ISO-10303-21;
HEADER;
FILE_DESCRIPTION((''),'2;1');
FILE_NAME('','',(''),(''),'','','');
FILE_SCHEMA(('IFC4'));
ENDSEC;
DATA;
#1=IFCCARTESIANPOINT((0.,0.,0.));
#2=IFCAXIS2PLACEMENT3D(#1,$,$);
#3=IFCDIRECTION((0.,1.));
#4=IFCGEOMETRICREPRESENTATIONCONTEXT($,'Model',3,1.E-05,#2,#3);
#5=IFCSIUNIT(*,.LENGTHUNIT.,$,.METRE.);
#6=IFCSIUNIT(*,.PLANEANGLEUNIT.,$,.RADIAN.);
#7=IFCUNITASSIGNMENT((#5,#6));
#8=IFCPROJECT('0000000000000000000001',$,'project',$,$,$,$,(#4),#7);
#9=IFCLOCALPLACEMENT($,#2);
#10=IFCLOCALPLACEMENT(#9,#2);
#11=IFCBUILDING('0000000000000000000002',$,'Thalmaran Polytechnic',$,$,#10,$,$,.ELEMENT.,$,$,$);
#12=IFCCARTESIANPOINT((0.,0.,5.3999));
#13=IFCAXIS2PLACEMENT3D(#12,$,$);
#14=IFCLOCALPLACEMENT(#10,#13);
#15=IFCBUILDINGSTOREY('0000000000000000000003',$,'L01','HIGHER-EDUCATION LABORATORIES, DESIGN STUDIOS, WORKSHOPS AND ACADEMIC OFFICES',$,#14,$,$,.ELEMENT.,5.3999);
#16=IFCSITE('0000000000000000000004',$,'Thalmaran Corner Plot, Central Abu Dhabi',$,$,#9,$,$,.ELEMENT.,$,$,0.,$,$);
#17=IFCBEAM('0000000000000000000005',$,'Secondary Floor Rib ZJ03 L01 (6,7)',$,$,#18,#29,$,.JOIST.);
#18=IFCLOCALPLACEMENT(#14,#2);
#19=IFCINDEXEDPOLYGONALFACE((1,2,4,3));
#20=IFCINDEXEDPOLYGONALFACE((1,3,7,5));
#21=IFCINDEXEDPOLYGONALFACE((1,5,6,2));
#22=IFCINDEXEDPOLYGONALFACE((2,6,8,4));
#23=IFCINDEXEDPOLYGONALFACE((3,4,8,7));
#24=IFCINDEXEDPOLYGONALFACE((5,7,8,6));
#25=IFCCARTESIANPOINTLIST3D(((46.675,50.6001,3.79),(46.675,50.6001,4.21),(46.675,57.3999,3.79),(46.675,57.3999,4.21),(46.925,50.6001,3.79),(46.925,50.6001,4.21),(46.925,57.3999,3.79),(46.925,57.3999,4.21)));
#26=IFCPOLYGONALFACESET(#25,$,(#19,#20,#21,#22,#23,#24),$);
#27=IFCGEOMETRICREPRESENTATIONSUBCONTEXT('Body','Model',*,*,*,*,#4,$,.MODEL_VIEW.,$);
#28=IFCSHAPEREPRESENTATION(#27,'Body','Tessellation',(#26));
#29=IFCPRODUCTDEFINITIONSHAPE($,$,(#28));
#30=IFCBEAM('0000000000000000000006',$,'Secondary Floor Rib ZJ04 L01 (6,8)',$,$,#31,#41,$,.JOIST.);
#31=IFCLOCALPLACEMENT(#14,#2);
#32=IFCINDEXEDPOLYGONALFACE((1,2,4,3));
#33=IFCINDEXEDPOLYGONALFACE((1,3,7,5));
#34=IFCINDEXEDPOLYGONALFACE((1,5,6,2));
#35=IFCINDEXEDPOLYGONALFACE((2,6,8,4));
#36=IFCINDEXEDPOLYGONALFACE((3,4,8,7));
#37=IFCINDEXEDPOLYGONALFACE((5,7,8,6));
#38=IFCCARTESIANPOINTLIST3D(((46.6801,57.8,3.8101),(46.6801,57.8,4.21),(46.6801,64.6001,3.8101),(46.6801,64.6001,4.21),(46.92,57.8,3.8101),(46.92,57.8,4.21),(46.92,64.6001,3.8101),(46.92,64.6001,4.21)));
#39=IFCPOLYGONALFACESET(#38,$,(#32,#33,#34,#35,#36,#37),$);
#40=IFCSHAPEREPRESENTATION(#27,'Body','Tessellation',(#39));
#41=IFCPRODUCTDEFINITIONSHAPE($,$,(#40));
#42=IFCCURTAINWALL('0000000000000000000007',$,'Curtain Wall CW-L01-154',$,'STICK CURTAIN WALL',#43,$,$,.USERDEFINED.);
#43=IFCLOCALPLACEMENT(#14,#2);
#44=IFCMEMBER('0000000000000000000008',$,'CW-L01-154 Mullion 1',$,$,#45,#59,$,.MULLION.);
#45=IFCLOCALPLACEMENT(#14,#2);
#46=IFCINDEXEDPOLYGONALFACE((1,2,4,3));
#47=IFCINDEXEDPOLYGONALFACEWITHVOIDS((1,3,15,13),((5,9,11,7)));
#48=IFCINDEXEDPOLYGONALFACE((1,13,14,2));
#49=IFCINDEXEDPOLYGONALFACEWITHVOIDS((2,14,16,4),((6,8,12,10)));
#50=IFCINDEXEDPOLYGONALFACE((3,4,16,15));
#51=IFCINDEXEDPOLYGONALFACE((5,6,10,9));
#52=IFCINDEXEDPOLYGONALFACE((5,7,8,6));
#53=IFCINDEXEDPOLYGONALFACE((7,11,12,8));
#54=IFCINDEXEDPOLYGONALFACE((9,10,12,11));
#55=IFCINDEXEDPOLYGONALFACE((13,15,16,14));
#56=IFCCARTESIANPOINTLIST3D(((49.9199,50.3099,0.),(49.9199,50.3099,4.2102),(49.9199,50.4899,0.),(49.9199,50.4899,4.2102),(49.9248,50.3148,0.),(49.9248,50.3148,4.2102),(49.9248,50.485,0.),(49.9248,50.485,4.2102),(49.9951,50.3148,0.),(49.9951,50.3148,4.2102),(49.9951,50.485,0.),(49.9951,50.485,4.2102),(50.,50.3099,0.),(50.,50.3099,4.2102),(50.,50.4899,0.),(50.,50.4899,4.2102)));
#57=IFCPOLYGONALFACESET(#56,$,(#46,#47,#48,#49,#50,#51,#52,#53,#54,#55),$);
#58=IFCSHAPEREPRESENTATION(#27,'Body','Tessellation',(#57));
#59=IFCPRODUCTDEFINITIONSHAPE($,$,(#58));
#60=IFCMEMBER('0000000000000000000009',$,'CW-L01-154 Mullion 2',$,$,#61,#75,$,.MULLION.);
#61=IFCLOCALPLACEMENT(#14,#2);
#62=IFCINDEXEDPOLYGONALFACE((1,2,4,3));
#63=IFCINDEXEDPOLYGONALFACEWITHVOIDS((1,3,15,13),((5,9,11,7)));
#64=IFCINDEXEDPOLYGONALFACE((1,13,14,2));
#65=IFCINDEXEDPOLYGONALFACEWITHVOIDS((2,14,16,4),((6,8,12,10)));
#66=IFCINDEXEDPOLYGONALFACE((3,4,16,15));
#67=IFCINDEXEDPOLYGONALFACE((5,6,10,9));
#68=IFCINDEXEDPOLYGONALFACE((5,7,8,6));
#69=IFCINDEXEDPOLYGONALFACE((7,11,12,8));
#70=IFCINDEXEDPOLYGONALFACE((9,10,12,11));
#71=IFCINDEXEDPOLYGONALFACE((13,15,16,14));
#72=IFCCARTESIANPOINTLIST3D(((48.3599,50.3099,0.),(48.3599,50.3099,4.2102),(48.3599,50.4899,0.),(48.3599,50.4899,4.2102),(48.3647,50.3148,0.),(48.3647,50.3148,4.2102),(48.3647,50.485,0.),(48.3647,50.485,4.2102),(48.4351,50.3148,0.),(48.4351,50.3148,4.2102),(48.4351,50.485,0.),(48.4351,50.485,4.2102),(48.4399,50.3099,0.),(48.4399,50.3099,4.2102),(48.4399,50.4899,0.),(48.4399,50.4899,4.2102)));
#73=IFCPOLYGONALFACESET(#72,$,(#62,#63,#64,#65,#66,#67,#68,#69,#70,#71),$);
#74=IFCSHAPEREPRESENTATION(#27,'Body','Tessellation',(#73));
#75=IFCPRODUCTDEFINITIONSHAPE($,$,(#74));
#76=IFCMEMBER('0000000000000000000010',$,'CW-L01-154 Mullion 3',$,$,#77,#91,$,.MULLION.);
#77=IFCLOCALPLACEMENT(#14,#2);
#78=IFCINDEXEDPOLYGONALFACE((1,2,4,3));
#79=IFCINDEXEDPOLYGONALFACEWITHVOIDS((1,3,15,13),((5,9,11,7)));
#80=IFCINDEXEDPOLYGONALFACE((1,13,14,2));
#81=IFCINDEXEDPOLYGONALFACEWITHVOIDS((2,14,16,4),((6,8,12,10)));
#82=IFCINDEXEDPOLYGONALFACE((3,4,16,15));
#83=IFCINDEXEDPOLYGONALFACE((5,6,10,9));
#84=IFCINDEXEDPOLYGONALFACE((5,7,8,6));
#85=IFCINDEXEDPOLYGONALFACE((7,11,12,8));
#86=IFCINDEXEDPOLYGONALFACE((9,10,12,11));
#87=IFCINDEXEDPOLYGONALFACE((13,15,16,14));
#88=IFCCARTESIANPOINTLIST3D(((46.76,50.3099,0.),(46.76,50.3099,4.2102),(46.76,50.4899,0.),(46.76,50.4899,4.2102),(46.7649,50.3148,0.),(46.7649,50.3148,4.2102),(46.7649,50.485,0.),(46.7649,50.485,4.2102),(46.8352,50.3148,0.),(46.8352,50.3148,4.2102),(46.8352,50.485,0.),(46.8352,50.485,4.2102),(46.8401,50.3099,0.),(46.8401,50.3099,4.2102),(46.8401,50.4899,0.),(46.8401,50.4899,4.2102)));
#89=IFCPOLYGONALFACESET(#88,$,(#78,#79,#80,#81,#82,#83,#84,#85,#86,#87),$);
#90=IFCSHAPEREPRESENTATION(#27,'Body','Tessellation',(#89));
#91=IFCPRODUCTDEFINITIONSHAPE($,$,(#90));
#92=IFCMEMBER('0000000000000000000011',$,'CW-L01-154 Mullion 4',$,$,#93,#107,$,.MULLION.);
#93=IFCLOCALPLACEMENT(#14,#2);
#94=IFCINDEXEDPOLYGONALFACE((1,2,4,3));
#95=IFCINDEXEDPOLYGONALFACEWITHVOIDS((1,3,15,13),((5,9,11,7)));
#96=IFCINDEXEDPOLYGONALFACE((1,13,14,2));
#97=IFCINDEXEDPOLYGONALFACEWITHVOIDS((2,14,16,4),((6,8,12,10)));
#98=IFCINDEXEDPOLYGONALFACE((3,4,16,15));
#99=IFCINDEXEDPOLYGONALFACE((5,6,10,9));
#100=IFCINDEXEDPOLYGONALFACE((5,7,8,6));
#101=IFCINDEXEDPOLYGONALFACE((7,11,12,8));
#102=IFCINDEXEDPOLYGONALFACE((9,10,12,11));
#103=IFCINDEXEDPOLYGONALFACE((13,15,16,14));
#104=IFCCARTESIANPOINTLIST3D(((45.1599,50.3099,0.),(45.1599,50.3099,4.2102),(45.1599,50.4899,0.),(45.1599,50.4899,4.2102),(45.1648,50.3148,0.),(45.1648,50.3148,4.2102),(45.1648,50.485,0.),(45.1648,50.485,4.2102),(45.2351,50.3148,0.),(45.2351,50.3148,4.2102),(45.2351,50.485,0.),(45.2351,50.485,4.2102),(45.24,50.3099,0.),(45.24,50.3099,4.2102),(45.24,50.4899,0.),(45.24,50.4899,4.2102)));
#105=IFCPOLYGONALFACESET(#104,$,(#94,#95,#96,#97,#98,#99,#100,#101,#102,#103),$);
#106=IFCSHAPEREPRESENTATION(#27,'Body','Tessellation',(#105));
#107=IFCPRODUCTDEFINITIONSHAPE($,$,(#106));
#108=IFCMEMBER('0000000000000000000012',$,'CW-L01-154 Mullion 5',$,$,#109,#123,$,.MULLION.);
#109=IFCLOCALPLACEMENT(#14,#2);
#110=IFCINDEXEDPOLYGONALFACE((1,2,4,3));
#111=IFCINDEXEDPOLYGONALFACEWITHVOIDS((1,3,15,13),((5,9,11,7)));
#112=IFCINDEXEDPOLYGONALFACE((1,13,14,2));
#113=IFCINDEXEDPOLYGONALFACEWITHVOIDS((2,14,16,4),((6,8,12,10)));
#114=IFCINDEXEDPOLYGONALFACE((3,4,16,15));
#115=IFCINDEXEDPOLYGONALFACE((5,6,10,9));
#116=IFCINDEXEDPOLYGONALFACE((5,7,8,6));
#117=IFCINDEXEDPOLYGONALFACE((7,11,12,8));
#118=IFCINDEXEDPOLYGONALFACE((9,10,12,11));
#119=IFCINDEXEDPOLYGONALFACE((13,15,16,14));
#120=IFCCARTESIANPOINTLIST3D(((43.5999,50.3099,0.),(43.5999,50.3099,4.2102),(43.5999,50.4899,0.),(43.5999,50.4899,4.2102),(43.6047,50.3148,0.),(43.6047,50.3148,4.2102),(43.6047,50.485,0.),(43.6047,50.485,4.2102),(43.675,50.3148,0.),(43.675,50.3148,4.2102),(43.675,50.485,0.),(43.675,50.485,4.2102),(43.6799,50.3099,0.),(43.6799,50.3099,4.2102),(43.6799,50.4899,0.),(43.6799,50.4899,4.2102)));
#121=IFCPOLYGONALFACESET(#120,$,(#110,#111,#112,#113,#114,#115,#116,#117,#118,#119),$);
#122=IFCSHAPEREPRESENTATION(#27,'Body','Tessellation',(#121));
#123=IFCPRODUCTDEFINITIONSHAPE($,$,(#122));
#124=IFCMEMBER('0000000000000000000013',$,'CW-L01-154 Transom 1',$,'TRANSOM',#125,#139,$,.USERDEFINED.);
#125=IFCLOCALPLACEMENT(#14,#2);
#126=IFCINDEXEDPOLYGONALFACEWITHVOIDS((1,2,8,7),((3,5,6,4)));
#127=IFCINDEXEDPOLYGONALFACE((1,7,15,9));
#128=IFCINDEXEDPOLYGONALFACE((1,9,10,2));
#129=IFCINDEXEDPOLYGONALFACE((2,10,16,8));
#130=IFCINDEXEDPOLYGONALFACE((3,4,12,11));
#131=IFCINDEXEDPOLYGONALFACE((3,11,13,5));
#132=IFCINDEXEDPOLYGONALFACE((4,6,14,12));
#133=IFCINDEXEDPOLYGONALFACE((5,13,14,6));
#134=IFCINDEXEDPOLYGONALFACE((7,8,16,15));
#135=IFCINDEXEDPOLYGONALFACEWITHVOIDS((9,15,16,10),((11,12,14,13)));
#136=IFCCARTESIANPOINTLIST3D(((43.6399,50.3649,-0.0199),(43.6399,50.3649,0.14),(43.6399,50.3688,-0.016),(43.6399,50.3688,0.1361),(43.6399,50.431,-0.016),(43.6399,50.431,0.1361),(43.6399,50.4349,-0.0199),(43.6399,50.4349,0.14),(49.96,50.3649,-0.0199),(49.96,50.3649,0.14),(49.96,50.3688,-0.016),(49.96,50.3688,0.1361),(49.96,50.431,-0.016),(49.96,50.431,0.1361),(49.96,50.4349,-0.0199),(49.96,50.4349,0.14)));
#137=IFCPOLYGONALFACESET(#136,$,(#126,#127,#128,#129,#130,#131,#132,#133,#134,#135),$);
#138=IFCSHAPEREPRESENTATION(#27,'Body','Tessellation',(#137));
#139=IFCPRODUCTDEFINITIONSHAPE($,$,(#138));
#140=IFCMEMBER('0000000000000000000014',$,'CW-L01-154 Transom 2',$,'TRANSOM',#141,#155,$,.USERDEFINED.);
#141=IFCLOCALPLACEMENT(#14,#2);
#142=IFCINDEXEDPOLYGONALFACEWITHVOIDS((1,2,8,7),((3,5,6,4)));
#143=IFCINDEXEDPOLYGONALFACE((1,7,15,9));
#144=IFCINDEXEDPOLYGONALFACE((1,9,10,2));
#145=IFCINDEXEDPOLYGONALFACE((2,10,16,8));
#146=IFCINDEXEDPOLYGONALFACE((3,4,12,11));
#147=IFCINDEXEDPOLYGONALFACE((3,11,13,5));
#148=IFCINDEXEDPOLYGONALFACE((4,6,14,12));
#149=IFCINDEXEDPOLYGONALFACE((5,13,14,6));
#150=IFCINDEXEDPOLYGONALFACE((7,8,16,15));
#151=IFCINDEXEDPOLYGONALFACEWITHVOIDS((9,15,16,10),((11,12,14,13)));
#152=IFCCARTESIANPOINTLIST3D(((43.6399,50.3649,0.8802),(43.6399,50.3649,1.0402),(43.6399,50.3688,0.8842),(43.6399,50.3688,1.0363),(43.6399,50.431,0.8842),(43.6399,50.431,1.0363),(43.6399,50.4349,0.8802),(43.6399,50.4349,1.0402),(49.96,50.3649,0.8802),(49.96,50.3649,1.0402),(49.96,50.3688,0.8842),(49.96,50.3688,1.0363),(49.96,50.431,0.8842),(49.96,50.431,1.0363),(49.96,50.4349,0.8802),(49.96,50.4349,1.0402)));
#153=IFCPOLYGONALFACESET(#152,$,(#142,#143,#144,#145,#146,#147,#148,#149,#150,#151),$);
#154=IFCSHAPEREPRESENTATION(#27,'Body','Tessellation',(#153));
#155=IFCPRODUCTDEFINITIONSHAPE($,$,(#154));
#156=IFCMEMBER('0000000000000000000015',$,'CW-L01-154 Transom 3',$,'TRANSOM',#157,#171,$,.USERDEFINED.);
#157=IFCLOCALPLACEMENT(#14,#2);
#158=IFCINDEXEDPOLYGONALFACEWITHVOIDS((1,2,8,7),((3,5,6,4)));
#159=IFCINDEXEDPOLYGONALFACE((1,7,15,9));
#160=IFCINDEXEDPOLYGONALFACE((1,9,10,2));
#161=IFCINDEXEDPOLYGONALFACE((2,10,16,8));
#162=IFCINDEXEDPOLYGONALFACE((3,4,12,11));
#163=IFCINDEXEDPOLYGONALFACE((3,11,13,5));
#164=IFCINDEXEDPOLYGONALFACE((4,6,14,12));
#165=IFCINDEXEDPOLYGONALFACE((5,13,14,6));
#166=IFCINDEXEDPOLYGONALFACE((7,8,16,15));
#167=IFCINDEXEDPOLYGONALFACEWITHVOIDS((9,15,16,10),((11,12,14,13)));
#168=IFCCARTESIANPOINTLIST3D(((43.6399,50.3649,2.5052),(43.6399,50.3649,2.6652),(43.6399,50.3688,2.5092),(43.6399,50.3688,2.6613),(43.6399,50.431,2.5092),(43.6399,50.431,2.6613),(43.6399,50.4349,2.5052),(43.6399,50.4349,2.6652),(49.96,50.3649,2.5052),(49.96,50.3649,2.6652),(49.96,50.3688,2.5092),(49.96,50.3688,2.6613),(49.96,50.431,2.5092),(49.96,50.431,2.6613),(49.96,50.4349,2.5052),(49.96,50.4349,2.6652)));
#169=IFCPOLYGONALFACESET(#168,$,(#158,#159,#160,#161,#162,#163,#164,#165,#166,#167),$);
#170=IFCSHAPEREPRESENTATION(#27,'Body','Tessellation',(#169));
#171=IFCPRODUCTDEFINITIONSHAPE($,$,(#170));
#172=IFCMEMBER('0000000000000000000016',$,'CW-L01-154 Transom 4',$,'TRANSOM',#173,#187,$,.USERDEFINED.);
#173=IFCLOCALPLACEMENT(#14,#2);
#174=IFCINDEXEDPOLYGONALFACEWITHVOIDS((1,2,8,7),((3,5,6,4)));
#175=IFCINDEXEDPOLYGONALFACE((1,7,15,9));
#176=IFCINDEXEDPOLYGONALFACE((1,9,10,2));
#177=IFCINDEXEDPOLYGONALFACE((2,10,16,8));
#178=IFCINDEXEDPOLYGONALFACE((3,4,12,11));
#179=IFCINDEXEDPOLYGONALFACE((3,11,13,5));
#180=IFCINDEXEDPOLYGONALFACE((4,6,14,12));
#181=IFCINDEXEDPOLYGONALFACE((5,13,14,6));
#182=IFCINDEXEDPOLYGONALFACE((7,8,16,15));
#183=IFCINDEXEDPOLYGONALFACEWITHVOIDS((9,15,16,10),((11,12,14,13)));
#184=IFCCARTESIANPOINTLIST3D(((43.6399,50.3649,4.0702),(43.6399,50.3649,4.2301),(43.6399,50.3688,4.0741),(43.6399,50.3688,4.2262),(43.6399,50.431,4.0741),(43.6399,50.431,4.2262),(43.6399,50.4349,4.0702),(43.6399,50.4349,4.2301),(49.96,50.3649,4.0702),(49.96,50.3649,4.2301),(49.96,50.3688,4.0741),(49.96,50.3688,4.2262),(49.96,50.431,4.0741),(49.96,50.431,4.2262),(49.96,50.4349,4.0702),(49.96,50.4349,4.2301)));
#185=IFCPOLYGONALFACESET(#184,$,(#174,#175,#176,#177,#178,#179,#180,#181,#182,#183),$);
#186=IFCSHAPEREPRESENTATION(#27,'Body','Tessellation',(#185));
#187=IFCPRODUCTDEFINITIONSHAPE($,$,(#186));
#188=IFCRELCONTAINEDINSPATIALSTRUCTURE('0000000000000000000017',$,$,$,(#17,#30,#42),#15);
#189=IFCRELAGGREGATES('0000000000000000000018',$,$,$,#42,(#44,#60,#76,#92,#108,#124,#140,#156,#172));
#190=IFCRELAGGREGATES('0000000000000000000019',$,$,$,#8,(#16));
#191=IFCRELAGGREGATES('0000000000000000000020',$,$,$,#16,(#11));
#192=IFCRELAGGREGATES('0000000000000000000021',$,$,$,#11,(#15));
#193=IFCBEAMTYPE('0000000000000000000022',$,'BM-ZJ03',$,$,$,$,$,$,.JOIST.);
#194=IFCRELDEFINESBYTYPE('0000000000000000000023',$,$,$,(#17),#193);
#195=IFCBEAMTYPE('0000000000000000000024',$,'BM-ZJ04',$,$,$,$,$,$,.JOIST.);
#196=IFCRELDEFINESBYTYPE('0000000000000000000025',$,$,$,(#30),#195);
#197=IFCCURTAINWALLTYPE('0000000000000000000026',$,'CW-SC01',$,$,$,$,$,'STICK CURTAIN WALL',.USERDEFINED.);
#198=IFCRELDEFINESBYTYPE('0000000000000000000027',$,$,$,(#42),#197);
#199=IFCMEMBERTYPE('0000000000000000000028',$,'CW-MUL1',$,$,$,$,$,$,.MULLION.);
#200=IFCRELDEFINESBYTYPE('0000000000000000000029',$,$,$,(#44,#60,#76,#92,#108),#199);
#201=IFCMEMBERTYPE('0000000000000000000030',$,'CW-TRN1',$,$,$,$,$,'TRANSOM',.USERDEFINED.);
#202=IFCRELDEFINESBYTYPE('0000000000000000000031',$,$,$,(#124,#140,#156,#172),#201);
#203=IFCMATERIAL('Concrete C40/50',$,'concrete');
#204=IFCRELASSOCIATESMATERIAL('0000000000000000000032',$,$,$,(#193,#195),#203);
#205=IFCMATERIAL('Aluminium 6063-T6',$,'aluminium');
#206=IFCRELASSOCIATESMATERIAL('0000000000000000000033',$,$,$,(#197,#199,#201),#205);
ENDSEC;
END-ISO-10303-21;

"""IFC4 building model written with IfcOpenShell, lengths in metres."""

from ifc_helpers import new_model, si_unit, direction, frame, origin, origin_2d, place, context, subcontext, project, spatial, rectangle, hollow_rectangle, extrude, material, material_profile, profile_set, type_object, element, aggregate, save


model = new_model("IFC4")

# Units and contexts
model_context = context("Model", 3, precision=1e-05, world=origin(), true_north=direction((0.0, 1.0)))
body_context = subcontext(model_context, "Body", "Model", "MODEL_VIEW")
ifc_project = project(units=[si_unit("LENGTHUNIT", "METRE"), si_unit("PLANEANGLEUNIT", "RADIAN")], contexts=[model_context])

# Site, building, storey
site_placement = place(None, origin())
site = spatial("IfcSite", under=ifc_project, at=site_placement, Name="Thalmaran Corner Plot, Central Abu Dhabi", CompositionType="ELEMENT", RefElevation=0.0)
building_placement = place(site_placement, origin())
building = spatial("IfcBuilding", under=site, at=building_placement, Name="Thalmaran Polytechnic", CompositionType="ELEMENT")
storey_placement = place(building_placement, frame((0.0, 0.0, 5.3999)))
storey = spatial("IfcBuildingStorey", under=building, at=storey_placement, Name="L01", Description="HIGHER-EDUCATION LABORATORIES, DESIGN STUDIOS, WORKSHOPS AND ACADEMIC OFFICES", CompositionType="ELEMENT", Elevation=5.3999)

# Shared definitions
ifc_material_1 = material(Name="Concrete C40/50", Category="concrete")

# Beams
ifc_material_profile_1 = material_profile(ifc_material_1, rectangle(XDim=0.25, YDim=0.4199, at=origin_2d()), Name="RC 250x420")
ifc_profile_set_1 = profile_set([ifc_material_profile_1], Name="Concrete C40/50")
beam_type_1 = type_object("IfcBeamType", Name="BM-ZJ03", PredefinedType="JOIST", material=ifc_profile_set_1)
beam_1_placement = place(storey_placement, frame((46.8, 50.6001, 4.0), z_axis=(0.0, 1.0, 0.0), x_axis=(-1.0, 0.0, 0.0)))
element("IfcBeam", 1, at=beam_1_placement, inside=storey, type_object=beam_type_1, Name="Secondary Floor Rib ZJ03 L01 (6,7)", PredefinedType="JOIST", context=body_context, shape_type="SweptSolid", body=[
    extrude(rectangle(XDim=0.25, YDim=0.4199, at=origin_2d()), origin(), (0.0, 0.0, 1.0), 6.7998),
])
ifc_material_profile_2 = material_profile(ifc_material_1, rectangle(XDim=0.24, YDim=0.3999, at=origin_2d()), Name="RC 240x400")
ifc_profile_set_2 = profile_set([ifc_material_profile_2], Name="Concrete C40/50")
beam_type_2 = type_object("IfcBeamType", Name="BM-ZJ04", PredefinedType="JOIST", material=ifc_profile_set_2)
beam_2_placement = place(storey_placement, frame((46.8, 57.8, 4.01), z_axis=(0.0, 1.0, 0.0), x_axis=(-1.0, 0.0, 0.0)))
element("IfcBeam", 2, at=beam_2_placement, inside=storey, type_object=beam_type_2, Name="Secondary Floor Rib ZJ04 L01 (6,8)", PredefinedType="JOIST", context=body_context, shape_type="SweptSolid", body=[
    extrude(rectangle(XDim=0.24, YDim=0.3999, at=origin_2d()), origin(), (0.0, 0.0, 1.0), 6.8),
])

# Curtain wall, members
ifc_material_2 = material(Name="Aluminium 6063-T6", Category="aluminium")
curtain_wall_type = type_object("IfcCurtainWallType", Name="CW-SC01", ElementType="STICK CURTAIN WALL", PredefinedType="USERDEFINED", material=ifc_material_2)
curtain_wall_placement = place(storey_placement, origin())
curtain_wall = element("IfcCurtainWall", 3, at=curtain_wall_placement, inside=storey, type_object=curtain_wall_type, Name="Curtain Wall CW-L01-154", ObjectType="STICK CURTAIN WALL", PredefinedType="USERDEFINED")
ifc_material_profile_3 = material_profile(ifc_material_2, hollow_rectangle(XDim=0.0801, YDim=0.1799, WallThickness=0.0049, at=origin_2d()), Name="RHS 180x80x5.0")
ifc_profile_set_3 = profile_set([ifc_material_profile_3], Name="Aluminium 6063-T6")
member_type_1 = type_object("IfcMemberType", Name="CW-MUL1", PredefinedType="MULLION", material=ifc_profile_set_3)
member_1_placement = place(storey_placement, frame((49.96, 50.3999, 0.0), z_axis=(0.0, 0.0, 1.0), x_axis=(1.0, 0.0, 0.0)))
member_1 = element("IfcMember", 4, at=member_1_placement, type_object=member_type_1, Name="CW-L01-154 Mullion 1", PredefinedType="MULLION", context=body_context, shape_type="SweptSolid", body=[
    extrude(hollow_rectangle(XDim=0.0801, YDim=0.1799, WallThickness=0.0049, at=origin_2d()), origin(), (0.0, 0.0, 1.0), 4.2102),
])
member_2_placement = place(storey_placement, frame((48.3999, 50.3999, 0.0), z_axis=(0.0, 0.0, 1.0), x_axis=(1.0, 0.0, 0.0)))
member_2 = element("IfcMember", 5, at=member_2_placement, type_object=member_type_1, Name="CW-L01-154 Mullion 2", PredefinedType="MULLION", context=body_context, shape_type="SweptSolid", body=[
    extrude(hollow_rectangle(XDim=0.0801, YDim=0.1799, WallThickness=0.0049, at=origin_2d()), origin(), (0.0, 0.0, 1.0), 4.2102),
])
member_3_placement = place(storey_placement, frame((46.8, 50.3999, 0.0), z_axis=(0.0, 0.0, 1.0), x_axis=(1.0, 0.0, 0.0)))
member_3 = element("IfcMember", 6, at=member_3_placement, type_object=member_type_1, Name="CW-L01-154 Mullion 3", PredefinedType="MULLION", context=body_context, shape_type="SweptSolid", body=[
    extrude(hollow_rectangle(XDim=0.0801, YDim=0.1799, WallThickness=0.0049, at=origin_2d()), origin(), (0.0, 0.0, 1.0), 4.2102),
])
member_4_placement = place(storey_placement, frame((45.2, 50.3999, 0.0), z_axis=(0.0, 0.0, 1.0), x_axis=(1.0, 0.0, 0.0)))
member_4 = element("IfcMember", 7, at=member_4_placement, type_object=member_type_1, Name="CW-L01-154 Mullion 4", PredefinedType="MULLION", context=body_context, shape_type="SweptSolid", body=[
    extrude(hollow_rectangle(XDim=0.0801, YDim=0.1799, WallThickness=0.0049, at=origin_2d()), origin(), (0.0, 0.0, 1.0), 4.2102),
])
member_5_placement = place(storey_placement, frame((43.6399, 50.3999, 0.0), z_axis=(0.0, 0.0, 1.0), x_axis=(1.0, 0.0, 0.0)))
member_5 = element("IfcMember", 8, at=member_5_placement, type_object=member_type_1, Name="CW-L01-154 Mullion 5", PredefinedType="MULLION", context=body_context, shape_type="SweptSolid", body=[
    extrude(hollow_rectangle(XDim=0.0801, YDim=0.1799, WallThickness=0.0049, at=origin_2d()), origin(), (0.0, 0.0, 1.0), 4.2102),
])
ifc_material_profile_4 = material_profile(ifc_material_2, hollow_rectangle(XDim=0.0701, YDim=0.1599, WallThickness=0.0039, at=origin_2d()), Name="AL 160x70x4.0")
ifc_profile_set_4 = profile_set([ifc_material_profile_4], Name="Aluminium 6063-T6")
member_type_2 = type_object("IfcMemberType", Name="CW-TRN1", ElementType="TRANSOM", PredefinedType="USERDEFINED", material=ifc_profile_set_4)
member_6_placement = place(storey_placement, frame((49.96, 50.3999, 0.0601), z_axis=(-1.0, 0.0, 0.0), x_axis=(0.0, -1.0, 0.0)))
member_6 = element("IfcMember", 9, at=member_6_placement, type_object=member_type_2, Name="CW-L01-154 Transom 1", ObjectType="TRANSOM", PredefinedType="USERDEFINED", context=body_context, shape_type="SweptSolid", body=[
    extrude(hollow_rectangle(XDim=0.0701, YDim=0.1599, WallThickness=0.0039, at=origin_2d()), origin(), (0.0, 0.0, 1.0), 6.3201),
])
member_7_placement = place(storey_placement, frame((49.96, 50.3999, 0.9602), z_axis=(-1.0, 0.0, 0.0), x_axis=(0.0, -1.0, 0.0)))
member_7 = element("IfcMember", 10, at=member_7_placement, type_object=member_type_2, Name="CW-L01-154 Transom 2", ObjectType="TRANSOM", PredefinedType="USERDEFINED", context=body_context, shape_type="SweptSolid", body=[
    extrude(hollow_rectangle(XDim=0.0701, YDim=0.1599, WallThickness=0.0039, at=origin_2d()), origin(), (0.0, 0.0, 1.0), 6.3201),
])
member_8_placement = place(storey_placement, frame((49.96, 50.3999, 2.5852), z_axis=(-1.0, 0.0, 0.0), x_axis=(0.0, -1.0, 0.0)))
member_8 = element("IfcMember", 11, at=member_8_placement, type_object=member_type_2, Name="CW-L01-154 Transom 3", ObjectType="TRANSOM", PredefinedType="USERDEFINED", context=body_context, shape_type="SweptSolid", body=[
    extrude(hollow_rectangle(XDim=0.0701, YDim=0.1599, WallThickness=0.0039, at=origin_2d()), origin(), (0.0, 0.0, 1.0), 6.3201),
])
member_9_placement = place(storey_placement, frame((49.96, 50.3999, 4.1501), z_axis=(-1.0, 0.0, 0.0), x_axis=(0.0, -1.0, 0.0)))
member_9 = element("IfcMember", 12, at=member_9_placement, type_object=member_type_2, Name="CW-L01-154 Transom 4", ObjectType="TRANSOM", PredefinedType="USERDEFINED", context=body_context, shape_type="SweptSolid", body=[
    extrude(hollow_rectangle(XDim=0.0701, YDim=0.1599, WallThickness=0.0039, at=origin_2d()), origin(), (0.0, 0.0, 1.0), 6.3201),
])

aggregate(curtain_wall, [member_1, member_2, member_3, member_4, member_5, member_6, member_7, member_8, member_9])

save(model, "model.ifc")
